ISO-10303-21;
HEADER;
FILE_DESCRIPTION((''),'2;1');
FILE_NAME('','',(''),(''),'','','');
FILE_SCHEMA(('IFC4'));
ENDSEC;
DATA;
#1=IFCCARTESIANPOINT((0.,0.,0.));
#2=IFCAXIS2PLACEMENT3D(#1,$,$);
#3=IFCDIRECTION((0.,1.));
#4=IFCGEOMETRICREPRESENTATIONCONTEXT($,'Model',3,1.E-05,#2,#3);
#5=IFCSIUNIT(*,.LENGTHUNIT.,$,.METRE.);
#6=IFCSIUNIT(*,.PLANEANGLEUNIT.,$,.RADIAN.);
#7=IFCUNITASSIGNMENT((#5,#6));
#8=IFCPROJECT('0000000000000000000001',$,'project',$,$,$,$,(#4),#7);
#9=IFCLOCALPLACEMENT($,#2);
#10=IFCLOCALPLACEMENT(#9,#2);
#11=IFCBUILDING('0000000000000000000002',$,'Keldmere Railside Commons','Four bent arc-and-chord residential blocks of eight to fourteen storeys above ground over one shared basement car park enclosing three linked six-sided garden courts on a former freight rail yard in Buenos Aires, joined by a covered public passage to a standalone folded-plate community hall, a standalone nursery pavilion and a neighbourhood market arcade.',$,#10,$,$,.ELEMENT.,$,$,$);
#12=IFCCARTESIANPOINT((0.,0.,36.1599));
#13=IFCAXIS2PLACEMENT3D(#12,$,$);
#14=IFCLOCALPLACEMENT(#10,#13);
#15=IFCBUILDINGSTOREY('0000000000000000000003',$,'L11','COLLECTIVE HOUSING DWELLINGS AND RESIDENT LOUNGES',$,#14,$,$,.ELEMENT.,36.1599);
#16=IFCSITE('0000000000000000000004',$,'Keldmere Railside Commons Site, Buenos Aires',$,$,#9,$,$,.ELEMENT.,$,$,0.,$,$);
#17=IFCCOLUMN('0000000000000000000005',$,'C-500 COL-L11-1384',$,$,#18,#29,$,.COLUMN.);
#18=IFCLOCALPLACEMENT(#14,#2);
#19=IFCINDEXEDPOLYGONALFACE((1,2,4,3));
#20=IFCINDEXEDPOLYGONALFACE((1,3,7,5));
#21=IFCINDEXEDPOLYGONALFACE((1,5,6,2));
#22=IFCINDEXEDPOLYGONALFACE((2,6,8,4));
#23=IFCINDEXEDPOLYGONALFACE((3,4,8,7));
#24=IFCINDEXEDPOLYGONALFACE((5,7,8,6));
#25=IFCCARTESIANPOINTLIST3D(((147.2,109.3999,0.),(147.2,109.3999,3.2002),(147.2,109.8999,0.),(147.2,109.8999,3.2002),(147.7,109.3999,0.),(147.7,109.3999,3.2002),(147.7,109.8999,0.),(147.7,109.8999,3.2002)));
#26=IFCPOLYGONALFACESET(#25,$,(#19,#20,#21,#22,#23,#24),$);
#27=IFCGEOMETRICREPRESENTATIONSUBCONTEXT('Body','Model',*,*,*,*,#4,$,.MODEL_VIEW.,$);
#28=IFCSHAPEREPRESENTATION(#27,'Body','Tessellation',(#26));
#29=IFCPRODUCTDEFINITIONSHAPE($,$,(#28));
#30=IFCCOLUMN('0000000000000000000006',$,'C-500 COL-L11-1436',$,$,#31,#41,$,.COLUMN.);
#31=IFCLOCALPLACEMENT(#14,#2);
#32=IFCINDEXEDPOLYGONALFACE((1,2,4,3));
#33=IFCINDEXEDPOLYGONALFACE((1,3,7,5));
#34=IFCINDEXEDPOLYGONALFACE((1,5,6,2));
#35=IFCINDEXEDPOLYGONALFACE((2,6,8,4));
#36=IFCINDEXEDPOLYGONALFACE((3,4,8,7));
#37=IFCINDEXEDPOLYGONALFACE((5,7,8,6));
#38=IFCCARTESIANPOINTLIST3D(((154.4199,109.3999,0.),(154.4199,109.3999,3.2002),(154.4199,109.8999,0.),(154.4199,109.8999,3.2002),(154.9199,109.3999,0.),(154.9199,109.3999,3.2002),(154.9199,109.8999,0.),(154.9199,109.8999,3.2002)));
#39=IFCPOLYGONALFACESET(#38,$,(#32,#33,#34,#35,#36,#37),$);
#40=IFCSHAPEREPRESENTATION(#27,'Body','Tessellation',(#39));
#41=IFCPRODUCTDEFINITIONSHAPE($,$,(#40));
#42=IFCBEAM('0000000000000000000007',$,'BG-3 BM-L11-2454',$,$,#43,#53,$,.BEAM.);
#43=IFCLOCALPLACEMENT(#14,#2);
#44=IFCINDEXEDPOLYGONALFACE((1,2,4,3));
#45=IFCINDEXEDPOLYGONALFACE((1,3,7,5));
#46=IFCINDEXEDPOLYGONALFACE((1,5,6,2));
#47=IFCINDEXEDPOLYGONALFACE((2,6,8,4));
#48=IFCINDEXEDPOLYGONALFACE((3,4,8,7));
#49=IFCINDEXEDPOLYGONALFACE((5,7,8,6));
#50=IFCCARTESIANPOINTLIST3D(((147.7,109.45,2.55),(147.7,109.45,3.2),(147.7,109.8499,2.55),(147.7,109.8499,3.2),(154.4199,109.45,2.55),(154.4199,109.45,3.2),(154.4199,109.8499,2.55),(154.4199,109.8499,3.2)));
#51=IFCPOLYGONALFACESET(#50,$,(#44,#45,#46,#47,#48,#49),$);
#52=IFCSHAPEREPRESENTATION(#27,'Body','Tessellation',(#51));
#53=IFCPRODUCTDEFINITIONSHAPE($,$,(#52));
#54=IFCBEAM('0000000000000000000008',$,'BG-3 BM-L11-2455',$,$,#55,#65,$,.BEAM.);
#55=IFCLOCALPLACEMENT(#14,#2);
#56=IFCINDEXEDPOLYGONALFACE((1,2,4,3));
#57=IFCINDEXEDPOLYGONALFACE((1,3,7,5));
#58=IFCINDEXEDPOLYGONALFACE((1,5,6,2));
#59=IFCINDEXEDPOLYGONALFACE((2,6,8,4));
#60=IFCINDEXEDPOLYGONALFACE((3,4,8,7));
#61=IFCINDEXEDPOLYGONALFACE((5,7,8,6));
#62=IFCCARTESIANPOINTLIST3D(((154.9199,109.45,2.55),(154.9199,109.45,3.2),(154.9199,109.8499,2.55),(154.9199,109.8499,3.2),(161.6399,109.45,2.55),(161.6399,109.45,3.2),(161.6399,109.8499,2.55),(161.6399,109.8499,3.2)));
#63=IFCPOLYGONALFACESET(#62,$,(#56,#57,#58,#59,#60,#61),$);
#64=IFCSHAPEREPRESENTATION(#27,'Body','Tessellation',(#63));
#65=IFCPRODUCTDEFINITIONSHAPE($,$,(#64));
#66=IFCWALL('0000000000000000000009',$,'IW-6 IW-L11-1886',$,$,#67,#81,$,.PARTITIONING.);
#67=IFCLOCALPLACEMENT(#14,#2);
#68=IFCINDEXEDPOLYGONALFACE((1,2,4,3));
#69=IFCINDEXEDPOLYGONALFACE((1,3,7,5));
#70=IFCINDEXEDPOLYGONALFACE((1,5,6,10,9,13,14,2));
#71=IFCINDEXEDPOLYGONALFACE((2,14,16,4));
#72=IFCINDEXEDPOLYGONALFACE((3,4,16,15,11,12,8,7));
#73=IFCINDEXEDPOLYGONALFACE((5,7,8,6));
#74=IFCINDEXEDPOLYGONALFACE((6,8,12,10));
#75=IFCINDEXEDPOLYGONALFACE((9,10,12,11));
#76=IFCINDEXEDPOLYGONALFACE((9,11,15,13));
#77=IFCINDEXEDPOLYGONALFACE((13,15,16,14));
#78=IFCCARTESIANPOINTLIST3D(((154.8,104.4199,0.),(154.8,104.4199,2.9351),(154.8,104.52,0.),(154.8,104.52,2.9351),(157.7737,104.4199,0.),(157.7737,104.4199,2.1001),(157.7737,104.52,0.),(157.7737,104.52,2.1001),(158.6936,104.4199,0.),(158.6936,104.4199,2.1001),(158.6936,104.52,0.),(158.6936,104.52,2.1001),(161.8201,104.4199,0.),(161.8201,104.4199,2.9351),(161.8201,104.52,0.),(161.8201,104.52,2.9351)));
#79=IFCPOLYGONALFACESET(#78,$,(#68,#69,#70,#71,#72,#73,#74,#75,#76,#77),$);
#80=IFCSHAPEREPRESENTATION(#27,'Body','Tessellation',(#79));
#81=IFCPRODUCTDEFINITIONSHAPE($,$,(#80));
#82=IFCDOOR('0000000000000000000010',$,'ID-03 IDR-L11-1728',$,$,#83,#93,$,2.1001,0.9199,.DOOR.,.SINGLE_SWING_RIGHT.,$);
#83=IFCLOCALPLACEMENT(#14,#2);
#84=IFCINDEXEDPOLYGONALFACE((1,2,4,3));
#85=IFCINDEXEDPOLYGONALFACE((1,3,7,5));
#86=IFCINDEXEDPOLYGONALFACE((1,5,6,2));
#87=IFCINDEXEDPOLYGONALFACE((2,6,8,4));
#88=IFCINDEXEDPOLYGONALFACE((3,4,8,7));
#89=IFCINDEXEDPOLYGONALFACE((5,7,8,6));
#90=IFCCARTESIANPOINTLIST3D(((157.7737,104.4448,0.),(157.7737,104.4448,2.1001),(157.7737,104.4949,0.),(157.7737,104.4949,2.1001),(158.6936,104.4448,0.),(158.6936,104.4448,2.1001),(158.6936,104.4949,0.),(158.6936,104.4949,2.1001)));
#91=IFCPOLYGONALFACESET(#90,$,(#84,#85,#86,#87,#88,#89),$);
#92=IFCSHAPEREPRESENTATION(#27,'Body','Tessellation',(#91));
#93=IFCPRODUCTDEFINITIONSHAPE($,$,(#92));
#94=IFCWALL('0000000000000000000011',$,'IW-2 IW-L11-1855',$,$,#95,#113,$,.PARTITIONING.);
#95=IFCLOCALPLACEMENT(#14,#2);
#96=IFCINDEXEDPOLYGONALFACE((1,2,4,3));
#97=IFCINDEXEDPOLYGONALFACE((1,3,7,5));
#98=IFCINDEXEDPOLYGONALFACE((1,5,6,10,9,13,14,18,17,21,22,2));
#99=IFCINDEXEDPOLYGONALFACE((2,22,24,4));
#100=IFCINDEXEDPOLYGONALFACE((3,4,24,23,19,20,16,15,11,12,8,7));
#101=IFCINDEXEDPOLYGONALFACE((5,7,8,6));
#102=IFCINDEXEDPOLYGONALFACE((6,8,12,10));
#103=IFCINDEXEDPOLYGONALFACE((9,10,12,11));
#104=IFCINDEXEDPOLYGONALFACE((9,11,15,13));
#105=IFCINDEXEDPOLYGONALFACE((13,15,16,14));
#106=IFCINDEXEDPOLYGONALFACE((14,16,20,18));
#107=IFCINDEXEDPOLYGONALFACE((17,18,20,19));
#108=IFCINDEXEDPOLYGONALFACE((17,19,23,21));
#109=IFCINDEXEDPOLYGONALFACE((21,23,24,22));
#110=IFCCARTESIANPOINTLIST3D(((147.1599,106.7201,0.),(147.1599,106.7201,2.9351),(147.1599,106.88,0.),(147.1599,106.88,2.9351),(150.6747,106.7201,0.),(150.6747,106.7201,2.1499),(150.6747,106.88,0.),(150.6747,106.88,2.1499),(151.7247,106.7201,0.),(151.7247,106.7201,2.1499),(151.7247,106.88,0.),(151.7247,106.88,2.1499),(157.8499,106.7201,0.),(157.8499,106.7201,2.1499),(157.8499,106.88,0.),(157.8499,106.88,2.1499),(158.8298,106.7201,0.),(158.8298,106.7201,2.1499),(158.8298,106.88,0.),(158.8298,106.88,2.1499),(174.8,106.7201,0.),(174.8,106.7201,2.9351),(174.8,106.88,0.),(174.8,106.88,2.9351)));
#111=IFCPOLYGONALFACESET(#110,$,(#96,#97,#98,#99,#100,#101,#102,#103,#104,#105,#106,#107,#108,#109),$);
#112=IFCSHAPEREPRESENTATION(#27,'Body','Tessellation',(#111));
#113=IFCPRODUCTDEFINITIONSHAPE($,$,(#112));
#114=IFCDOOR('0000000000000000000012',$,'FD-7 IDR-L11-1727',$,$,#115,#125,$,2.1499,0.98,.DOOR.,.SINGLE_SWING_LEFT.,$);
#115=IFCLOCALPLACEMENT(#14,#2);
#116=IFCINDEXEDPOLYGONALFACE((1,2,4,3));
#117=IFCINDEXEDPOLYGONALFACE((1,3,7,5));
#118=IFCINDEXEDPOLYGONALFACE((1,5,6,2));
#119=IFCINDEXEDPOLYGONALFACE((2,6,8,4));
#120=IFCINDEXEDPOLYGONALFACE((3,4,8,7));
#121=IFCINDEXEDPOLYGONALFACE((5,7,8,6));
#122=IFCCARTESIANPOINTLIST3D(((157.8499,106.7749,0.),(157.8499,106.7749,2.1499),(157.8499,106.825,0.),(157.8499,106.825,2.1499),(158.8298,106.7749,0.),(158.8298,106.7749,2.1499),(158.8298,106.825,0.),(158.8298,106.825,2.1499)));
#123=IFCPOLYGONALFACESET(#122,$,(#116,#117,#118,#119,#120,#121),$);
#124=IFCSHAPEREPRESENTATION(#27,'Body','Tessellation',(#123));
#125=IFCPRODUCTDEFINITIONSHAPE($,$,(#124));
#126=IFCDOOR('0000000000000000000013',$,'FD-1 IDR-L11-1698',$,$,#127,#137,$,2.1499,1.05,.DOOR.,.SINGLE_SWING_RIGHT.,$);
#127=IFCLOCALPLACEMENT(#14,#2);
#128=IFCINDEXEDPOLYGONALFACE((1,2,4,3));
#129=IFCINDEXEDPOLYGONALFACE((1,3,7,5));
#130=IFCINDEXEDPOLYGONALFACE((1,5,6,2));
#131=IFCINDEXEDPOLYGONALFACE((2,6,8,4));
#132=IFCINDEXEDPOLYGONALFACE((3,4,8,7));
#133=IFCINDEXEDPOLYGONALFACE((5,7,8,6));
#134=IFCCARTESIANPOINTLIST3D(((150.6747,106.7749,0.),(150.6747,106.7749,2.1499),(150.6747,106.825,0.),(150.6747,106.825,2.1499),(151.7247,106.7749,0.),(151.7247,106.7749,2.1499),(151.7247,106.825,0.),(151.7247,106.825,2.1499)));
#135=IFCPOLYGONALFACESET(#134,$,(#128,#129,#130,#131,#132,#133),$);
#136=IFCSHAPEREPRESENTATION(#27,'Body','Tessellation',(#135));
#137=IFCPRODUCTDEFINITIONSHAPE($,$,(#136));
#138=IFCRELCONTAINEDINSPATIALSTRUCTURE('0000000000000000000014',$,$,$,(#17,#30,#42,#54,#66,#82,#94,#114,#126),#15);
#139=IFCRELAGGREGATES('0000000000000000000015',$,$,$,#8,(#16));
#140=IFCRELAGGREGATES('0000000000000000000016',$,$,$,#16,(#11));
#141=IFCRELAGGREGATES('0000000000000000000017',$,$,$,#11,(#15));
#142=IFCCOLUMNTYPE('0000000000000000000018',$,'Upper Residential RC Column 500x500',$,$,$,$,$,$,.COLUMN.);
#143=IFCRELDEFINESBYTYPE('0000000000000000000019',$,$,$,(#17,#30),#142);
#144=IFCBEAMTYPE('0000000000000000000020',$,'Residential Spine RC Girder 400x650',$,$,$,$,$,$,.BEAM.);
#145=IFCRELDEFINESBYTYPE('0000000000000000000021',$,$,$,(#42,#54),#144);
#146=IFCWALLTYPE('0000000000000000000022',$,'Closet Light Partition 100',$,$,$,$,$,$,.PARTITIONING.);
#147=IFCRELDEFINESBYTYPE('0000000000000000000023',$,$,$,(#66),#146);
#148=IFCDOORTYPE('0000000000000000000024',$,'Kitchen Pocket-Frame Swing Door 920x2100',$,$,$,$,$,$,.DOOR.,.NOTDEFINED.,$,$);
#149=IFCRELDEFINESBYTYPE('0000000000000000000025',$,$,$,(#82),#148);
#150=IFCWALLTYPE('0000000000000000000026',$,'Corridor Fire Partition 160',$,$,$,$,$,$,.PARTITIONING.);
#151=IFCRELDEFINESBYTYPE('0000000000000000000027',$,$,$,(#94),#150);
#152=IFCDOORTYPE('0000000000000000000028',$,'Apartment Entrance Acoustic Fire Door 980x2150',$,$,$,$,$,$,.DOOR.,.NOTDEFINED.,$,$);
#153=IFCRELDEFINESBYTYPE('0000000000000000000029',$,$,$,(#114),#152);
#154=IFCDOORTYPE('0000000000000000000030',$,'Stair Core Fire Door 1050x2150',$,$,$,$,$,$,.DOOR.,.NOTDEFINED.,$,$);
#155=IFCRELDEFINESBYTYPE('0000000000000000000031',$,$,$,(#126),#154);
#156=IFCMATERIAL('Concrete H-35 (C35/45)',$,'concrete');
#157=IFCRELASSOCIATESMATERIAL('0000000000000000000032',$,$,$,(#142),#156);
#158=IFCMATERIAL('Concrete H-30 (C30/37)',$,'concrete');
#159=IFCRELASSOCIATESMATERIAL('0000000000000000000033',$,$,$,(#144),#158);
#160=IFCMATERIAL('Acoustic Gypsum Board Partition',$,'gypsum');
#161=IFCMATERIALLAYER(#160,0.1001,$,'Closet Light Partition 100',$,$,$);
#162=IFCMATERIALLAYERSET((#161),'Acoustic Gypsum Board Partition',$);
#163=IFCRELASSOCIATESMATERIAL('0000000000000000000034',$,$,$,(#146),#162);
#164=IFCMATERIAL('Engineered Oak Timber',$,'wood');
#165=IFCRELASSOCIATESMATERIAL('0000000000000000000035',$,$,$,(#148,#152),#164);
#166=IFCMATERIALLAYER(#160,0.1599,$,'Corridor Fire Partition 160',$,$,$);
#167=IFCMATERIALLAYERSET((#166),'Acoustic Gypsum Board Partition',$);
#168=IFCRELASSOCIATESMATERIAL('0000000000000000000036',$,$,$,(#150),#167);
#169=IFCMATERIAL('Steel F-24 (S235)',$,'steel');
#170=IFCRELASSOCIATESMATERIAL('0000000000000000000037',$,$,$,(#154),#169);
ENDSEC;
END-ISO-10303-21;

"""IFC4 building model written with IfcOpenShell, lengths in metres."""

from ifc_helpers import new_model, si_unit, direction, frame, frame_2d, origin, origin_2d, place, context, subcontext, project, spatial, rectangle, extrude, material, layer, layer_set, material_profile, profile_set, type_object, element, fill, save


model = new_model("IFC4")

# Units and contexts
model_context = context("Model", 3, precision=1e-05, world=origin(), true_north=direction((0.0, 1.0)))
body_context = subcontext(model_context, "Body", "Model", "MODEL_VIEW")
ifc_project = project(units=[si_unit("LENGTHUNIT", "METRE"), si_unit("PLANEANGLEUNIT", "RADIAN")], contexts=[model_context])

# Site, building, storey
site_placement = place(None, origin())
site = spatial("IfcSite", under=ifc_project, at=site_placement, Name="Keldmere Railside Commons Site, Buenos Aires", CompositionType="ELEMENT", RefElevation=0.0)
building_placement = place(site_placement, origin())
building = spatial("IfcBuilding", under=site, at=building_placement, Name="Keldmere Railside Commons", Description="Four bent arc-and-chord residential blocks of eight to fourteen storeys above ground over one shared basement car park enclosing three linked six-sided garden courts on a former freight rail yard in Buenos Aires, joined by a covered public passage to a standalone folded-plate community hall, a standalone nursery pavilion and a neighbourhood market arcade.", CompositionType="ELEMENT")
storey_placement = place(building_placement, frame((0.0, 0.0, 36.1599)))
storey = spatial("IfcBuildingStorey", under=building, at=storey_placement, Name="L11", Description="COLLECTIVE HOUSING DWELLINGS AND RESIDENT LOUNGES", CompositionType="ELEMENT", Elevation=36.1599)

# Columns
ifc_material_1 = material(Name="Concrete H-35 (C35/45)", Category="concrete")
ifc_material_profile_1 = material_profile(ifc_material_1, rectangle(XDim=0.5, YDim=0.5, at=origin_2d()), Name="RC-500x500")
ifc_profile_set_1 = profile_set([ifc_material_profile_1], Name="Concrete H-35 (C35/45)")
column_type = type_object("IfcColumnType", Name="Upper Residential RC Column 500x500", PredefinedType="COLUMN", material=ifc_profile_set_1)
for number, where, z_axis, x_axis, name in (
    (1, (147.45, 109.6499, 0.0), (0.0, 0.0, 1.0), (1.0, 0.0, 0.0), "C-500 COL-L11-1384"),
    (2, (154.6699, 109.6499, 0.0), (0.0, 0.0, 1.0), (1.0, 0.0, 0.0), "C-500 COL-L11-1436"),
):
    element("IfcColumn", number, at=place(storey_placement, frame(where, z_axis=z_axis, x_axis=x_axis)), inside=storey, type_object=column_type, Name=name, PredefinedType="COLUMN", context=body_context, shape_type="SweptSolid", body=[
        extrude(rectangle(XDim=0.5, YDim=0.5, at=origin_2d()), origin(), (0.0, 0.0, 1.0), 3.2002),
    ])

# Beams
ifc_material_2 = material(Name="Concrete H-30 (C30/37)", Category="concrete")
ifc_material_profile_2 = material_profile(ifc_material_2, rectangle(XDim=0.3999, YDim=0.6499, at=origin_2d()), Name="RC-400x650")
ifc_profile_set_2 = profile_set([ifc_material_profile_2], Name="Concrete H-30 (C30/37)")
beam_type = type_object("IfcBeamType", Name="Residential Spine RC Girder 400x650", PredefinedType="BEAM", material=ifc_profile_set_2)
for number, where, z_axis, x_axis, name in (
    (3, (147.7, 109.6499, 2.875), (1.0, 0.0, 0.0), (0.0, 1.0, 0.0), "BG-3 BM-L11-2454"),
    (4, (154.9199, 109.6499, 2.875), (1.0, 0.0, 0.0), (0.0, 1.0, 0.0), "BG-3 BM-L11-2455"),
):
    element("IfcBeam", number, at=place(storey_placement, frame(where, z_axis=z_axis, x_axis=x_axis)), inside=storey, type_object=beam_type, Name=name, PredefinedType="BEAM", context=body_context, shape_type="SweptSolid", body=[
        extrude(rectangle(XDim=0.3999, YDim=0.6499, at=origin_2d()), origin(), (0.0, 0.0, 1.0), 6.72),
    ])

# Wall, opening, door
ifc_material_3 = material(Name="Acoustic Gypsum Board Partition", Category="gypsum")
ifc_layer_1 = layer(ifc_material_3, 0.1001, Name="Closet Light Partition 100")
ifc_layer_set_1 = layer_set([ifc_layer_1], Name="Acoustic Gypsum Board Partition")
wall_type_1 = type_object("IfcWallType", Name="Closet Light Partition 100", PredefinedType="PARTITIONING", material=ifc_layer_set_1)
wall_1_placement = place(storey_placement, frame((154.8, 104.47, 0.0), z_axis=(0.0, 0.0, 1.0), x_axis=(1.0, 0.0, 0.0)))
wall_1 = element("IfcWall", 5, at=wall_1_placement, inside=storey, type_object=wall_type_1, Name="IW-6 IW-L11-1886", PredefinedType="PARTITIONING", context=body_context, shape_type="SweptSolid", body=[
    extrude(rectangle(XDim=7.02, YDim=0.1001, at=frame_2d((3.51, 0.0))), origin(), (0.0, 0.0, 1.0), 2.9351),
])
opening_1_placement = place(wall_1_placement, frame((2.9736, 0.0, 0.0)))
opening_1 = element("IfcOpeningElement", 6, at=opening_1_placement, cuts=wall_1, PredefinedType="OPENING", context=body_context, shape_type="SweptSolid", body=[
    extrude(rectangle(XDim=0.9199, YDim=2.1001, at=frame_2d((0.46, 1.05))), frame((0.0, 0.0601, 0.0), z_axis=(0.0, -1.0, 0.0), x_axis=(1.0, 0.0, 0.0)), (0.0, 0.0, 1.0), 0.1201),
])
ifc_material_4 = material(Name="Engineered Oak Timber", Category="wood")
door_type_1 = type_object("IfcDoorType", Name="Kitchen Pocket-Frame Swing Door 920x2100", OperationType="NOTDEFINED", PredefinedType="DOOR", material=ifc_material_4)
door_1_placement = place(opening_1_placement, origin())
door_1 = element("IfcDoor", 7, at=door_1_placement, inside=storey, type_object=door_type_1, Name="ID-03 IDR-L11-1728", OperationType="SINGLE_SWING_RIGHT", OverallHeight=2.1001, OverallWidth=0.9199, PredefinedType="DOOR", context=body_context, shape_type="SweptSolid", body=[
    extrude(rectangle(XDim=0.9199, YDim=2.1001, at=frame_2d((0.46, 1.05))), frame((0.0, 0.0249, 0.0), z_axis=(0.0, -1.0, 0.0), x_axis=(1.0, 0.0, 0.0)), (0.0, 0.0, 1.0), 0.05),
])
fill(opening_1, door_1)

# Wall, openings, doors
ifc_layer_2 = layer(ifc_material_3, 0.1599, Name="Corridor Fire Partition 160")
ifc_layer_set_2 = layer_set([ifc_layer_2], Name="Acoustic Gypsum Board Partition")
wall_type_2 = type_object("IfcWallType", Name="Corridor Fire Partition 160", PredefinedType="PARTITIONING", material=ifc_layer_set_2)
wall_2_placement = place(storey_placement, frame((147.1599, 106.8, 0.0), z_axis=(0.0, 0.0, 1.0), x_axis=(1.0, 0.0, 0.0)))
wall_2 = element("IfcWall", 8, at=wall_2_placement, inside=storey, type_object=wall_type_2, Name="IW-2 IW-L11-1855", PredefinedType="PARTITIONING", context=body_context, shape_type="SweptSolid", body=[
    extrude(rectangle(XDim=27.6401, YDim=0.1599, at=frame_2d((13.8201, 0.0))), origin(), (0.0, 0.0, 1.0), 2.9351),
])
opening_2_placement = place(wall_2_placement, frame((3.5149, 0.0, 0.0)))
opening_2 = element("IfcOpeningElement", 9, at=opening_2_placement, cuts=wall_2, PredefinedType="OPENING", context=body_context, shape_type="SweptSolid", body=[
    extrude(rectangle(XDim=1.05, YDim=2.1499, at=frame_2d((0.5249, 1.075))), frame((0.0, 0.0898, 0.0), z_axis=(0.0, -1.0, 0.0), x_axis=(1.0, 0.0, 0.0)), (0.0, 0.0, 1.0), 0.1799),
])
opening_3_placement = place(wall_2_placement, frame((10.6899, 0.0, 0.0)))
opening_3 = element("IfcOpeningElement", 10, at=opening_3_placement, cuts=wall_2, PredefinedType="OPENING", context=body_context, shape_type="SweptSolid", body=[
    extrude(rectangle(XDim=0.98, YDim=2.1499, at=frame_2d((0.49, 1.075))), frame((0.0, 0.0898, 0.0), z_axis=(0.0, -1.0, 0.0), x_axis=(1.0, 0.0, 0.0)), (0.0, 0.0, 1.0), 0.1799),
])
door_type_2 = type_object("IfcDoorType", Name="Apartment Entrance Acoustic Fire Door 980x2150", OperationType="NOTDEFINED", PredefinedType="DOOR", material=ifc_material_4)
door_2_placement = place(opening_3_placement, origin())
door_2 = element("IfcDoor", 11, at=door_2_placement, inside=storey, type_object=door_type_2, Name="FD-7 IDR-L11-1727", OperationType="SINGLE_SWING_LEFT", OverallHeight=2.1499, OverallWidth=0.98, PredefinedType="DOOR", context=body_context, shape_type="SweptSolid", body=[
    extrude(rectangle(XDim=0.98, YDim=2.1499, at=frame_2d((0.49, 1.075))), frame((0.0, 0.0249, 0.0), z_axis=(0.0, -1.0, 0.0), x_axis=(1.0, 0.0, 0.0)), (0.0, 0.0, 1.0), 0.05),
])
fill(opening_3, door_2)
ifc_material_5 = material(Name="Steel F-24 (S235)", Category="steel")
door_type_3 = type_object("IfcDoorType", Name="Stair Core Fire Door 1050x2150", OperationType="NOTDEFINED", PredefinedType="DOOR", material=ifc_material_5)
door_3_placement = place(opening_2_placement, origin())
door_3 = element("IfcDoor", 12, at=door_3_placement, inside=storey, type_object=door_type_3, Name="FD-1 IDR-L11-1698", OperationType="SINGLE_SWING_RIGHT", OverallHeight=2.1499, OverallWidth=1.05, PredefinedType="DOOR", context=body_context, shape_type="SweptSolid", body=[
    extrude(rectangle(XDim=1.05, YDim=2.1499, at=frame_2d((0.5249, 1.075))), frame((0.0, 0.0249, 0.0), z_axis=(0.0, -1.0, 0.0), x_axis=(1.0, 0.0, 0.0)), (0.0, 0.0, 1.0), 0.05),
])
fill(opening_2, door_3)

save(model, "model.ifc")
